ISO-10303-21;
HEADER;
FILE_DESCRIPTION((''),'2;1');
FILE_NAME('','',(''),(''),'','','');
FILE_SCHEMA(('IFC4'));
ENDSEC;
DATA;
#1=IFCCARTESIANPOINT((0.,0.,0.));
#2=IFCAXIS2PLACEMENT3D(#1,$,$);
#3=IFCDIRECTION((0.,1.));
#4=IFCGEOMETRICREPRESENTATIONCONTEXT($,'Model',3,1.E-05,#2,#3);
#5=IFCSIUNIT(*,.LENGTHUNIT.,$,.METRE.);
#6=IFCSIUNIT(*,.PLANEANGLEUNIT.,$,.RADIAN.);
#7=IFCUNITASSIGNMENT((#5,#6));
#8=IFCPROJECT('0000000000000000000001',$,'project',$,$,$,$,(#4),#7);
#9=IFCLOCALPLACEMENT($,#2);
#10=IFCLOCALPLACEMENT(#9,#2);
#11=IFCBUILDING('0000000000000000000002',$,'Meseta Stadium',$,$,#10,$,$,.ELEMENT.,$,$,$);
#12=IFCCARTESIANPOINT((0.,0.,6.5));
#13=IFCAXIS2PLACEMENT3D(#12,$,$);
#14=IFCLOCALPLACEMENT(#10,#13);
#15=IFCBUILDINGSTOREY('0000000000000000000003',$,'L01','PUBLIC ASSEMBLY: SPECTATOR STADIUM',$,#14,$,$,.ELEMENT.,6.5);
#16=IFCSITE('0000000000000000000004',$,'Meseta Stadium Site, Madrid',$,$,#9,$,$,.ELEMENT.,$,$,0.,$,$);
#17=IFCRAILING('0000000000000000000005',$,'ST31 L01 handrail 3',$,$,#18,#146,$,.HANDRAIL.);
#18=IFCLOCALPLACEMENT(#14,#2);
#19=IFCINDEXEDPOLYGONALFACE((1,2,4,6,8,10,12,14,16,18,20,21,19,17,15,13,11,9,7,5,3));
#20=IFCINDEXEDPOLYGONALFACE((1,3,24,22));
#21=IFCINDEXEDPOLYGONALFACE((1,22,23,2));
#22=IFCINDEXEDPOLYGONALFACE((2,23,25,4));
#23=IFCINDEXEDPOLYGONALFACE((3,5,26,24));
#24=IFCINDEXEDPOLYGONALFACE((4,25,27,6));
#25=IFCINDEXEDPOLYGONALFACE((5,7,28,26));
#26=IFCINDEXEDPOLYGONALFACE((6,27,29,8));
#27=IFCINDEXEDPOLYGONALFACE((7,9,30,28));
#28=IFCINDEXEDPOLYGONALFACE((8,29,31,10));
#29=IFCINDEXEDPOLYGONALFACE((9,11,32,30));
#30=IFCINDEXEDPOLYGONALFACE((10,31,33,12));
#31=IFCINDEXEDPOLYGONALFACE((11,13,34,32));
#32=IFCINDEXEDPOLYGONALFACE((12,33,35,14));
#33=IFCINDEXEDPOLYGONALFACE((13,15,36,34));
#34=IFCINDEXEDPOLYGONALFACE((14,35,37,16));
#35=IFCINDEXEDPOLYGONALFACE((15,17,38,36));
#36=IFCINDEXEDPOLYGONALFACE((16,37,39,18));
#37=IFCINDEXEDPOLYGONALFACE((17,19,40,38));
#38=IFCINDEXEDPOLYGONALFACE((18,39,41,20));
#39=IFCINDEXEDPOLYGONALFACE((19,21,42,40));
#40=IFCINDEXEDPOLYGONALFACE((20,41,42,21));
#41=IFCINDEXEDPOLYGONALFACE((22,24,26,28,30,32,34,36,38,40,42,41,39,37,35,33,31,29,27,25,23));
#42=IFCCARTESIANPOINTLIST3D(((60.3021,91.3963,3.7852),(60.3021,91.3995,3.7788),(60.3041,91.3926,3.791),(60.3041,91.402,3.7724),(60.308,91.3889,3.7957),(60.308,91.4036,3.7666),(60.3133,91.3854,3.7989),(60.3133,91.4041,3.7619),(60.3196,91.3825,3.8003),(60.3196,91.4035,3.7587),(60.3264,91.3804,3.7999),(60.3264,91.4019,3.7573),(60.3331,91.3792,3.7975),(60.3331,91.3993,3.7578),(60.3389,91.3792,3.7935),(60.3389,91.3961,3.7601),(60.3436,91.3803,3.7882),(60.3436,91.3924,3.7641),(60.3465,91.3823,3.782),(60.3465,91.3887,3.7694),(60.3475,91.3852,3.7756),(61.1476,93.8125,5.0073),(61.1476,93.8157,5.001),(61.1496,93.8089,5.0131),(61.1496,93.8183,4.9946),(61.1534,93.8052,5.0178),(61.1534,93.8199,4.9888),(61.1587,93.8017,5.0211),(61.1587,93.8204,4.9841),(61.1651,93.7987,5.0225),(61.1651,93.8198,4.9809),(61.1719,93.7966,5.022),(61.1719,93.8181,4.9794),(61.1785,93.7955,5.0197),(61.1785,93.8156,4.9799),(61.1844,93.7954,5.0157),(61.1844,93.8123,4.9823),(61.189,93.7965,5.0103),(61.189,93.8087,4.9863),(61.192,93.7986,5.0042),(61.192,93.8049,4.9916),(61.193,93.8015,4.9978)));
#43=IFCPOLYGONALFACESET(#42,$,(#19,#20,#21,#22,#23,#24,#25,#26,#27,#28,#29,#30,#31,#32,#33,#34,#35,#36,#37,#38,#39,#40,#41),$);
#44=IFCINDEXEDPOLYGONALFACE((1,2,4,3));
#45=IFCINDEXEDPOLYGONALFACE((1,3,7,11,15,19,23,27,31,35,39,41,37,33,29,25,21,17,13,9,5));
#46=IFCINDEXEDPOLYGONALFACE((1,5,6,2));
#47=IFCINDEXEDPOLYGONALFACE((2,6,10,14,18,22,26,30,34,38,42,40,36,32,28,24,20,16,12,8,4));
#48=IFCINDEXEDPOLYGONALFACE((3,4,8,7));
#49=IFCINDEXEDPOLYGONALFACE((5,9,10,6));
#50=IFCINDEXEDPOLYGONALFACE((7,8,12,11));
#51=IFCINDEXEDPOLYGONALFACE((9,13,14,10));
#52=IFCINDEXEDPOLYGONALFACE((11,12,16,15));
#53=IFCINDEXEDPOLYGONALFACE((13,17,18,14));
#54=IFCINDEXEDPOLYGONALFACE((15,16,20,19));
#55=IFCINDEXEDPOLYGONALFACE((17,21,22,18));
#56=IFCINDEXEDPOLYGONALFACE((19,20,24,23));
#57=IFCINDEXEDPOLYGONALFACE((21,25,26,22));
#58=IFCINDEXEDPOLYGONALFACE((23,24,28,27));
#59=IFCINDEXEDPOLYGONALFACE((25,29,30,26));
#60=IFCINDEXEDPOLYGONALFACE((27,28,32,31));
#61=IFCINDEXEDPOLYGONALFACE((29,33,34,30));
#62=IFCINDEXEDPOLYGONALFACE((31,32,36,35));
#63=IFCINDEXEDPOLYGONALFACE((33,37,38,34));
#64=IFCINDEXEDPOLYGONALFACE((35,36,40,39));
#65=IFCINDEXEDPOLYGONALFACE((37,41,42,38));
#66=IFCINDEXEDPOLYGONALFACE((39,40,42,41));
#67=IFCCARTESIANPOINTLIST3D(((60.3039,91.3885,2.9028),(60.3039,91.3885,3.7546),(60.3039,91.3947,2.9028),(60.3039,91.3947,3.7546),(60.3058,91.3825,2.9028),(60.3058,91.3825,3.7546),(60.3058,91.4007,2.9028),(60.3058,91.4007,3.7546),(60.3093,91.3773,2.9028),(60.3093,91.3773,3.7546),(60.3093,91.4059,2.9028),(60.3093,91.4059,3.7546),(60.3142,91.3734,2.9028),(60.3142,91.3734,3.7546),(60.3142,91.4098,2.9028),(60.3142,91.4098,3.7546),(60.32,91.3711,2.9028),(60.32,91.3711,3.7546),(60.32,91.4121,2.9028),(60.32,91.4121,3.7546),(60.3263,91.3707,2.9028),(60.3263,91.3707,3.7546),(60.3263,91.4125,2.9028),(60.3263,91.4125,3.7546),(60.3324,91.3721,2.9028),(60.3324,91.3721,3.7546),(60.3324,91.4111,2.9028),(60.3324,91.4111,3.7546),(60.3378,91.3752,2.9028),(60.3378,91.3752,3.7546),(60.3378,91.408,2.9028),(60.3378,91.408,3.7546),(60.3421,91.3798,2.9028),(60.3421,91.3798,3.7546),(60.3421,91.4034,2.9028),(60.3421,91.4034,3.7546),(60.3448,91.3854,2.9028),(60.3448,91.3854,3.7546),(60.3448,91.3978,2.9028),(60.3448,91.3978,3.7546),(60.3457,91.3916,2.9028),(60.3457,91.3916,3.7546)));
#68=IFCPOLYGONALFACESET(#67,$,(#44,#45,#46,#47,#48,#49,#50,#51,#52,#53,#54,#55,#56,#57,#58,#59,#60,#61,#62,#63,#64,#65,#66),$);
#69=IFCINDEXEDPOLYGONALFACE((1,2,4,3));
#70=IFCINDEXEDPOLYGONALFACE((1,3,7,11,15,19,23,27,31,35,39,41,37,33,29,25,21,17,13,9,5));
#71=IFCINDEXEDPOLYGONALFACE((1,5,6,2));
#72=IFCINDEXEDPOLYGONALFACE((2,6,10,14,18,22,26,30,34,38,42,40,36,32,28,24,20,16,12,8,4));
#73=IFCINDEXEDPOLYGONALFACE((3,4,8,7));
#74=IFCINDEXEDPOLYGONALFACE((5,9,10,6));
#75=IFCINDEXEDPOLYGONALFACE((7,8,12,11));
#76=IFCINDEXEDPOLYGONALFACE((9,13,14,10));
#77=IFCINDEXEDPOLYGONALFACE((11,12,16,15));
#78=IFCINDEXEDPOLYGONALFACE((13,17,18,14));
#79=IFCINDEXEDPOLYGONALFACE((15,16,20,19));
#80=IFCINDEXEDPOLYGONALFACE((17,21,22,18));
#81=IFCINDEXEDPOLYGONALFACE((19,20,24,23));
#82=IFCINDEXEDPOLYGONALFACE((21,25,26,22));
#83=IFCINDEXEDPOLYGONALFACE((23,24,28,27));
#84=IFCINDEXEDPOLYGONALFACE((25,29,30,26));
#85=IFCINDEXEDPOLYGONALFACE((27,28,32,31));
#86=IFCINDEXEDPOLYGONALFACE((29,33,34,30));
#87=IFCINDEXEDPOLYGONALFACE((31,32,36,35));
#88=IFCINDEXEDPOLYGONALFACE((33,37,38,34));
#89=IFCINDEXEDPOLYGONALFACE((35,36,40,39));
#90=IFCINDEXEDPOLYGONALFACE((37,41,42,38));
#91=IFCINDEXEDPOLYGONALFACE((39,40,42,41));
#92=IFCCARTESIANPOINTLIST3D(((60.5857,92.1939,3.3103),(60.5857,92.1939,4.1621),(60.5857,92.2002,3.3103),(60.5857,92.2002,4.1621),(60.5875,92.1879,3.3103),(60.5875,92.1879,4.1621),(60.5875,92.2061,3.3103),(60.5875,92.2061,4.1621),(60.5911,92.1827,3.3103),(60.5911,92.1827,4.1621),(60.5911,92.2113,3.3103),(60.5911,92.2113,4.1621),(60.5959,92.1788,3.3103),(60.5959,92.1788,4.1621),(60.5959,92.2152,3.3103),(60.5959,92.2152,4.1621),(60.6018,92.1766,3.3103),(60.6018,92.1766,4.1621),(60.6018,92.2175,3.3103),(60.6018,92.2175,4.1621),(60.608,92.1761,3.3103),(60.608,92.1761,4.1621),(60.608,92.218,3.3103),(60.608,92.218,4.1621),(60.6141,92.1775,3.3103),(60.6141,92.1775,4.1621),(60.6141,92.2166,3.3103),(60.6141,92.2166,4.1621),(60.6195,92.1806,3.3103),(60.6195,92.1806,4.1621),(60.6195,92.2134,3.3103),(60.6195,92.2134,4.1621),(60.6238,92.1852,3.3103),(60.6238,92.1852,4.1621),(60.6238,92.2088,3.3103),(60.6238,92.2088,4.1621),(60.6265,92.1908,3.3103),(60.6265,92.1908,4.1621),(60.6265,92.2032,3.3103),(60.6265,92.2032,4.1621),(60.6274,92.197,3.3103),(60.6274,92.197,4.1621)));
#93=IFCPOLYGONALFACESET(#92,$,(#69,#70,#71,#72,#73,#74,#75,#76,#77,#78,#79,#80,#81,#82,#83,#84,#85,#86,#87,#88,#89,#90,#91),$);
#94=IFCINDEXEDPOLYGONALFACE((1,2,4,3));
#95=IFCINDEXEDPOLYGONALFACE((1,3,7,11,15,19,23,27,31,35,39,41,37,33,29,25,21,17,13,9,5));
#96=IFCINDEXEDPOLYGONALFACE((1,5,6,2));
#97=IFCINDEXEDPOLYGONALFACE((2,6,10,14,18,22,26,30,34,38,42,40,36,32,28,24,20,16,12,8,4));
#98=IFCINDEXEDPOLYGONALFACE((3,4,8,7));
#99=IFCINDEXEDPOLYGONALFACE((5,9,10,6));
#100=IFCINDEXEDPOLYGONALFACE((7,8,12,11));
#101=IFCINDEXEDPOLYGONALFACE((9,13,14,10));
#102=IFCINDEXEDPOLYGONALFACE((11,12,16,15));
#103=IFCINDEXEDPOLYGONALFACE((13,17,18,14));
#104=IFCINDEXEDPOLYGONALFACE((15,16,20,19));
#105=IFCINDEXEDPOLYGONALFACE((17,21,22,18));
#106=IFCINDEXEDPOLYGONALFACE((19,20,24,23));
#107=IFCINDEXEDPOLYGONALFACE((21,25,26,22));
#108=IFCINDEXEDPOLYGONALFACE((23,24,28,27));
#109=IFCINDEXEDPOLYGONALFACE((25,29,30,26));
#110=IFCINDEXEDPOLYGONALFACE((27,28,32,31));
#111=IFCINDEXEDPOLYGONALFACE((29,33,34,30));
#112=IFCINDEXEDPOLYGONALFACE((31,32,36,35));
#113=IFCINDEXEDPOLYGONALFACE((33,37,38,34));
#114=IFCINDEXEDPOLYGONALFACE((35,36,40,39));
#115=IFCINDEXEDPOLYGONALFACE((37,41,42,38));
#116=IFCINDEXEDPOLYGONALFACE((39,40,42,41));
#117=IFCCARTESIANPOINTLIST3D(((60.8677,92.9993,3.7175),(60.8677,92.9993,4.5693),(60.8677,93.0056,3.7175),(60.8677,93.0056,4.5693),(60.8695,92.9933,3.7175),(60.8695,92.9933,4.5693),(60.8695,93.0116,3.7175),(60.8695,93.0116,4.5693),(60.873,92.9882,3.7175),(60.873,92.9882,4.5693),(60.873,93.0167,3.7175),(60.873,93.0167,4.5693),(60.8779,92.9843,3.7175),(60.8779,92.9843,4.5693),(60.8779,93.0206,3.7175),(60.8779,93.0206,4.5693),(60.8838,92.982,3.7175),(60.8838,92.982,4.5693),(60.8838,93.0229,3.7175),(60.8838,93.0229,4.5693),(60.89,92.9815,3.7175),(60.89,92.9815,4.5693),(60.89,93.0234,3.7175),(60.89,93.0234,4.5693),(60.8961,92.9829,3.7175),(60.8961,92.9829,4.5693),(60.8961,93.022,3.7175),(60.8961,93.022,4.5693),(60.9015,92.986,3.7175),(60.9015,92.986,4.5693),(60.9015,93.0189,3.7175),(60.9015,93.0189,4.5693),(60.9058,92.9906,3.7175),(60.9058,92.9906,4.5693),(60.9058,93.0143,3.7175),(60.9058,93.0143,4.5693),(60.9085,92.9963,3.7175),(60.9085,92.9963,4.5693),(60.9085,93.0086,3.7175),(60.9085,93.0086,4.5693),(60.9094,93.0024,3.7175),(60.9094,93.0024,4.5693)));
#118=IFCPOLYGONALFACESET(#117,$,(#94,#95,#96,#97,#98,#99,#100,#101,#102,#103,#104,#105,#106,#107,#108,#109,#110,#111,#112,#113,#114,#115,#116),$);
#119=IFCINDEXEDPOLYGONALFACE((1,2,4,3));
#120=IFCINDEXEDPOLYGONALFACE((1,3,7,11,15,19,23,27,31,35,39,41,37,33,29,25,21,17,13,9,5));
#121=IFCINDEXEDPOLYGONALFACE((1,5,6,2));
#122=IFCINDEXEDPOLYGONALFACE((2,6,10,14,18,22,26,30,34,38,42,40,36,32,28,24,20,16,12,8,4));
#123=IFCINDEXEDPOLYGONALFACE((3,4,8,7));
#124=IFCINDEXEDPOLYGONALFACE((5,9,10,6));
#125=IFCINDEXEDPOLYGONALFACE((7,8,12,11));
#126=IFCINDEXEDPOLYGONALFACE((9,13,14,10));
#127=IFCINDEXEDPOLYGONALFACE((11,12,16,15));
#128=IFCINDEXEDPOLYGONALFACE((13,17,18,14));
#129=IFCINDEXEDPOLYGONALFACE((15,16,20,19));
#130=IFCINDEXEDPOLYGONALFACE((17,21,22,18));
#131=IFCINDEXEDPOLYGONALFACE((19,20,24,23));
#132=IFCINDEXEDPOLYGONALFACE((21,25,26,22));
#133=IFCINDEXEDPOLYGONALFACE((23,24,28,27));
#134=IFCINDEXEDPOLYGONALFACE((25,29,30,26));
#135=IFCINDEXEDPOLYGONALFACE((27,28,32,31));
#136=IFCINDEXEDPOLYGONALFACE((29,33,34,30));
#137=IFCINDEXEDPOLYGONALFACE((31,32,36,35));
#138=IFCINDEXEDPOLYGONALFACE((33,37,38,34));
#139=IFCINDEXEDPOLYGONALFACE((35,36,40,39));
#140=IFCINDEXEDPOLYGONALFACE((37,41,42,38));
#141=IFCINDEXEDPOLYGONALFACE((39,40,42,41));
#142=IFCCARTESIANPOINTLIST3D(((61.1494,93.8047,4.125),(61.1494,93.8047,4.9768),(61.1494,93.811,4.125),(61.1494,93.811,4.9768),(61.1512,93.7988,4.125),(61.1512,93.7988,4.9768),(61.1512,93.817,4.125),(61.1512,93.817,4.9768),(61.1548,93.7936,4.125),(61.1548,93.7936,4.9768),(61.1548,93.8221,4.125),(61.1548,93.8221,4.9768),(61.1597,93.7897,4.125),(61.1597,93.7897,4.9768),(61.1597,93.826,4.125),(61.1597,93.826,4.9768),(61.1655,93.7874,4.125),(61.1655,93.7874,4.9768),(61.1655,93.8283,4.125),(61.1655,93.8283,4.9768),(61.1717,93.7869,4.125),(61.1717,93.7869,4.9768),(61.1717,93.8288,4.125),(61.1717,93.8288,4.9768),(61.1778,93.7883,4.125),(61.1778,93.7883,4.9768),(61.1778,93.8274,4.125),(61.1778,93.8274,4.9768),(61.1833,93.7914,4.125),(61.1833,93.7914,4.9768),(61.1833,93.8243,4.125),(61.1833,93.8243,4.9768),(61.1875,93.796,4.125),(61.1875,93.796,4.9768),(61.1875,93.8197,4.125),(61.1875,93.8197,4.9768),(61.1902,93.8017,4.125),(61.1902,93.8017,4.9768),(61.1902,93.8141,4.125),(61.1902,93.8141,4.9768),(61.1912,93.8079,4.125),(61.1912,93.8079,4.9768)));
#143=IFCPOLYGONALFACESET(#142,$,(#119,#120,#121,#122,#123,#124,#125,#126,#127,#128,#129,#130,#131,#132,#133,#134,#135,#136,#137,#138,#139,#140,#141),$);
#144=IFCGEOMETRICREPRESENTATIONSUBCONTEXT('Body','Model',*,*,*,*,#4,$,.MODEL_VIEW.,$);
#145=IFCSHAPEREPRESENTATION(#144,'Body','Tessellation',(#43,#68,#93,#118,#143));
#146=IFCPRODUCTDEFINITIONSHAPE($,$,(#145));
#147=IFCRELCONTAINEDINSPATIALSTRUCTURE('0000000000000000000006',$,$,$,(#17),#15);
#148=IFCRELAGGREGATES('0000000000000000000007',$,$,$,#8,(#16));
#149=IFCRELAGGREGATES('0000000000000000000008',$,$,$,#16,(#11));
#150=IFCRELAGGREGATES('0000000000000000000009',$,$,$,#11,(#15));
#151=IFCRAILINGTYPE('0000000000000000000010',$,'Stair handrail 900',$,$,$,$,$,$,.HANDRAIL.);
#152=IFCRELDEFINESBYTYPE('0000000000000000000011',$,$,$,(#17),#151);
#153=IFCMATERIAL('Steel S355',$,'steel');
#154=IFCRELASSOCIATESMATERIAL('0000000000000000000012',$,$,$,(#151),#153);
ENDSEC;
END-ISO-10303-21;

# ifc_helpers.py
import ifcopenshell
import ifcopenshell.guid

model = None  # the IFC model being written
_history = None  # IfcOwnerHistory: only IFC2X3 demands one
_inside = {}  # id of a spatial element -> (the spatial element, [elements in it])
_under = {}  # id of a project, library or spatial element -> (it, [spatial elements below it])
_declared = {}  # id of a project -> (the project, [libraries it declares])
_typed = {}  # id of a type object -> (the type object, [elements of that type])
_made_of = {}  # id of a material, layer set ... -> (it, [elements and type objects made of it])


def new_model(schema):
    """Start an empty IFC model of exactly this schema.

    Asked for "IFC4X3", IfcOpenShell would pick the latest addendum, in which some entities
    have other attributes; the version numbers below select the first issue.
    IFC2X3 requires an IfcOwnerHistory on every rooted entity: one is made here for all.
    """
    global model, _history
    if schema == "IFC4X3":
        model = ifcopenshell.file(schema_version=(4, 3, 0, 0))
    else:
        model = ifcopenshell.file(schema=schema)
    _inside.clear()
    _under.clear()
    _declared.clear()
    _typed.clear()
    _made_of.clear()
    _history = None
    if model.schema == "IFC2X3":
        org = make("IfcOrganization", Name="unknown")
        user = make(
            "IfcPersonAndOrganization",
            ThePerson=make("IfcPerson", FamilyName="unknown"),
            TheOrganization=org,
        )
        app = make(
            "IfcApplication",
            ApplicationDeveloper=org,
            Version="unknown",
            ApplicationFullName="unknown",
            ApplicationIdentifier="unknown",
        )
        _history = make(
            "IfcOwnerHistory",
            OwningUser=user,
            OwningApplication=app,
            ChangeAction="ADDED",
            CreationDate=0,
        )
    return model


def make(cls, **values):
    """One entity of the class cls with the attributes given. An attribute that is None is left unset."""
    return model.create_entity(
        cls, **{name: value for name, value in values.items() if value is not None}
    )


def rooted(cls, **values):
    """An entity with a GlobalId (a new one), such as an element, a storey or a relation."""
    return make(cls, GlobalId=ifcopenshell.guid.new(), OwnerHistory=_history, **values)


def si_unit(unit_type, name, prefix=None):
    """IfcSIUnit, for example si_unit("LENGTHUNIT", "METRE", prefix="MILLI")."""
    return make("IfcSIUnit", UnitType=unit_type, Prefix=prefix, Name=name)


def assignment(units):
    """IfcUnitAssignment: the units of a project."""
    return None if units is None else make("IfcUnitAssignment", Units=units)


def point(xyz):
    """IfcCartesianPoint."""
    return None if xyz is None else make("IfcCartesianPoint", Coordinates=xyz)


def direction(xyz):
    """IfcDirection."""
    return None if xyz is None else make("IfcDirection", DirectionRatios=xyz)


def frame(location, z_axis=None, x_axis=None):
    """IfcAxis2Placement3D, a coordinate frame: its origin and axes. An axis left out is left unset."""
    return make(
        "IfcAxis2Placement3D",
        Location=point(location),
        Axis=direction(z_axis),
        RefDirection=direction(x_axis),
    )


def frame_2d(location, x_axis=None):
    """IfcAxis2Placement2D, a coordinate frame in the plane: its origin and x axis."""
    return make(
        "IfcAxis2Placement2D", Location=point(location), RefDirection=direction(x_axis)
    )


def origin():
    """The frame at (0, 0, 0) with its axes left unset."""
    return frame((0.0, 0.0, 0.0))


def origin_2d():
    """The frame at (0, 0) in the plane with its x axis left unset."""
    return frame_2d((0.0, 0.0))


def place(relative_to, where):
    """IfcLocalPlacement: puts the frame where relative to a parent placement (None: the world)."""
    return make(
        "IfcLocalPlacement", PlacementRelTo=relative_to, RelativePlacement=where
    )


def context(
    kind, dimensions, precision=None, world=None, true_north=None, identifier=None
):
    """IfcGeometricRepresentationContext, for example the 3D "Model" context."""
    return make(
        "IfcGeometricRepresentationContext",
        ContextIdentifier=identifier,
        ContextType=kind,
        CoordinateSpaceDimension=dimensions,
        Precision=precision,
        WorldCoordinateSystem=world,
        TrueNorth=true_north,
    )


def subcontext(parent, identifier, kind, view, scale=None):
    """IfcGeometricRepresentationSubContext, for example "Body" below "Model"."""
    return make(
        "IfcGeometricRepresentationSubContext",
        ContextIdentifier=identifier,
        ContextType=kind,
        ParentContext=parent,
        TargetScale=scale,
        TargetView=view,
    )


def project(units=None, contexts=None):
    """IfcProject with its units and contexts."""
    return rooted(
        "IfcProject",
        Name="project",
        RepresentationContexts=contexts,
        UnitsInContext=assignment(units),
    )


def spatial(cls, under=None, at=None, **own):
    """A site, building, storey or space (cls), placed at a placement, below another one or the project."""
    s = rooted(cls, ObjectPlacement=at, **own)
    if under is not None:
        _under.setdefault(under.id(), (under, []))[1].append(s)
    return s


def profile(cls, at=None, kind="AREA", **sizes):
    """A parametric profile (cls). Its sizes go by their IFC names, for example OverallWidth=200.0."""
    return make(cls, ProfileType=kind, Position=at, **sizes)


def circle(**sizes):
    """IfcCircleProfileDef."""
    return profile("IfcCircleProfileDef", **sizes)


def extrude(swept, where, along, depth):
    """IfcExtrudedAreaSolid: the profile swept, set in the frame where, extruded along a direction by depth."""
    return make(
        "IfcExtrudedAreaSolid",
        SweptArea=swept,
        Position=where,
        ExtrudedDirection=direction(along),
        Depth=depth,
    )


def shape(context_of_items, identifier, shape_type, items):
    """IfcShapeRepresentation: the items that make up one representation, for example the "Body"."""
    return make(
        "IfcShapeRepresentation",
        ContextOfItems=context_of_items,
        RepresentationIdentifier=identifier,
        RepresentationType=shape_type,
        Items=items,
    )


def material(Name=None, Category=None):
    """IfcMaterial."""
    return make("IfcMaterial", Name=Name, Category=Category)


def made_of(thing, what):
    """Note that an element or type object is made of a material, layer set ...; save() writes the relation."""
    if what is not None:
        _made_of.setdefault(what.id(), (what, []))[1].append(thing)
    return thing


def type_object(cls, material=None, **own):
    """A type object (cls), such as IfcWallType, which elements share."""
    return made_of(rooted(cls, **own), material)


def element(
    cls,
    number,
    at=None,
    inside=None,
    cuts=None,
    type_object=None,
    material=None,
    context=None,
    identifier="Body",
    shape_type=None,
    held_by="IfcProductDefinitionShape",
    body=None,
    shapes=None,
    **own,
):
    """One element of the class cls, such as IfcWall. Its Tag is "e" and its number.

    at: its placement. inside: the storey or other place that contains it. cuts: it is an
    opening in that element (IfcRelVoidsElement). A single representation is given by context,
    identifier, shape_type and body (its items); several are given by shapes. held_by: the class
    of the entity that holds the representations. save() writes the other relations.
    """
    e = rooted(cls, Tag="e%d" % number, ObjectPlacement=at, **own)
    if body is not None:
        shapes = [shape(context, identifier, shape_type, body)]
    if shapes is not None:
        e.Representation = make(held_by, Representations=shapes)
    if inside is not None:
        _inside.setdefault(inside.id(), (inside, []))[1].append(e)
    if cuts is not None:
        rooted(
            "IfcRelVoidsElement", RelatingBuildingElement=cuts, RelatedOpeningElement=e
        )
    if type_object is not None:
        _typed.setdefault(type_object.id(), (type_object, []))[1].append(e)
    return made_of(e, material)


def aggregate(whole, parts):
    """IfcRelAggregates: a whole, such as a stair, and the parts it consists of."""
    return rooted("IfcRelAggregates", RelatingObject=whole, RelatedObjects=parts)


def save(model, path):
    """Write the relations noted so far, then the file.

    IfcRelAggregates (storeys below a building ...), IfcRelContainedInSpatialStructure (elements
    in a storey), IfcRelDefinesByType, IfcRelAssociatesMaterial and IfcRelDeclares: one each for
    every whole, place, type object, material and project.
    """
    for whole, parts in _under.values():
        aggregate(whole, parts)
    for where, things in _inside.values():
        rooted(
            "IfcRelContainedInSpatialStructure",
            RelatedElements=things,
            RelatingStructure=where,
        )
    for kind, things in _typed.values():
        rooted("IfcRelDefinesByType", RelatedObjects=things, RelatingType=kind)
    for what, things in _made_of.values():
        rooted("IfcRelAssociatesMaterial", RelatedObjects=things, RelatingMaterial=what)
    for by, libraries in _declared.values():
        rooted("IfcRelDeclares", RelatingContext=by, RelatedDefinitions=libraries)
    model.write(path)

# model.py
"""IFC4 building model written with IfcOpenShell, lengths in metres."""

from ifc_helpers import new_model, si_unit, direction, frame, origin, origin_2d, place, context, subcontext, project, spatial, circle, extrude, material, type_object, element, save


model = new_model("IFC4")

# Units and contexts
model_context = context("Model", 3, precision=1e-05, world=origin(), true_north=direction((0.0, 1.0)))
body_context = subcontext(model_context, "Body", "Model", "MODEL_VIEW")
ifc_project = project(units=[si_unit("LENGTHUNIT", "METRE"), si_unit("PLANEANGLEUNIT", "RADIAN")], contexts=[model_context])

# Site, building, storey
site_placement = place(None, origin())
site = spatial("IfcSite", under=ifc_project, at=site_placement, Name="Meseta Stadium Site, Madrid", CompositionType="ELEMENT", RefElevation=0.0)
building_placement = place(site_placement, origin())
building = spatial("IfcBuilding", under=site, at=building_placement, Name="Meseta Stadium", CompositionType="ELEMENT")
storey_placement = place(building_placement, frame((0.0, 0.0, 6.5)))
storey = spatial("IfcBuildingStorey", under=building, at=storey_placement, Name="L01", Description="PUBLIC ASSEMBLY: SPECTATOR STADIUM", CompositionType="ELEMENT", Elevation=6.5)

# Railing
ifc_material_1 = material(Name="Steel S355", Category="steel")
railing_type_1 = type_object("IfcRailingType", Name="Stair handrail 900", PredefinedType="HANDRAIL", material=ifc_material_1)
for number, where, name in (
    (1, (60.3247, 91.3916, 2.9028), "ST31 L01 handrail 3"),
):
    element("IfcRailing", number, at=place(storey_placement, frame(where)), inside=storey, type_object=railing_type_1, Name=name, PredefinedType="HANDRAIL", context=body_context, shape_type="SweptSolid", body=[
        extrude(circle(Radius=0.0239, at=origin_2d()), frame((0.0, 0.0, 0.876), z_axis=(0.298044, 0.851789, 0.430843), x_axis=(-0.943887, 0.33027, 0.0)), (0.0, 0.0, 1.0), 2.8367),
        extrude(circle(Radius=0.021, at=origin_2d()), origin(), (0.0, 0.0, 1.0), 0.8518),
        extrude(circle(Radius=0.021, at=origin_2d()), frame((0.2817, 0.8054, 0.4075)), (0.0, 0.0, 1.0), 0.8518),
        extrude(circle(Radius=0.021, at=origin_2d()), frame((0.5637, 1.6108, 0.8147)), (0.0, 0.0, 1.0), 0.8518),
        extrude(circle(Radius=0.021, at=origin_2d()), frame((0.8455, 2.4163, 1.2222)), (0.0, 0.0, 1.0), 0.8518),
    ])

save(model, "model.ifc")
